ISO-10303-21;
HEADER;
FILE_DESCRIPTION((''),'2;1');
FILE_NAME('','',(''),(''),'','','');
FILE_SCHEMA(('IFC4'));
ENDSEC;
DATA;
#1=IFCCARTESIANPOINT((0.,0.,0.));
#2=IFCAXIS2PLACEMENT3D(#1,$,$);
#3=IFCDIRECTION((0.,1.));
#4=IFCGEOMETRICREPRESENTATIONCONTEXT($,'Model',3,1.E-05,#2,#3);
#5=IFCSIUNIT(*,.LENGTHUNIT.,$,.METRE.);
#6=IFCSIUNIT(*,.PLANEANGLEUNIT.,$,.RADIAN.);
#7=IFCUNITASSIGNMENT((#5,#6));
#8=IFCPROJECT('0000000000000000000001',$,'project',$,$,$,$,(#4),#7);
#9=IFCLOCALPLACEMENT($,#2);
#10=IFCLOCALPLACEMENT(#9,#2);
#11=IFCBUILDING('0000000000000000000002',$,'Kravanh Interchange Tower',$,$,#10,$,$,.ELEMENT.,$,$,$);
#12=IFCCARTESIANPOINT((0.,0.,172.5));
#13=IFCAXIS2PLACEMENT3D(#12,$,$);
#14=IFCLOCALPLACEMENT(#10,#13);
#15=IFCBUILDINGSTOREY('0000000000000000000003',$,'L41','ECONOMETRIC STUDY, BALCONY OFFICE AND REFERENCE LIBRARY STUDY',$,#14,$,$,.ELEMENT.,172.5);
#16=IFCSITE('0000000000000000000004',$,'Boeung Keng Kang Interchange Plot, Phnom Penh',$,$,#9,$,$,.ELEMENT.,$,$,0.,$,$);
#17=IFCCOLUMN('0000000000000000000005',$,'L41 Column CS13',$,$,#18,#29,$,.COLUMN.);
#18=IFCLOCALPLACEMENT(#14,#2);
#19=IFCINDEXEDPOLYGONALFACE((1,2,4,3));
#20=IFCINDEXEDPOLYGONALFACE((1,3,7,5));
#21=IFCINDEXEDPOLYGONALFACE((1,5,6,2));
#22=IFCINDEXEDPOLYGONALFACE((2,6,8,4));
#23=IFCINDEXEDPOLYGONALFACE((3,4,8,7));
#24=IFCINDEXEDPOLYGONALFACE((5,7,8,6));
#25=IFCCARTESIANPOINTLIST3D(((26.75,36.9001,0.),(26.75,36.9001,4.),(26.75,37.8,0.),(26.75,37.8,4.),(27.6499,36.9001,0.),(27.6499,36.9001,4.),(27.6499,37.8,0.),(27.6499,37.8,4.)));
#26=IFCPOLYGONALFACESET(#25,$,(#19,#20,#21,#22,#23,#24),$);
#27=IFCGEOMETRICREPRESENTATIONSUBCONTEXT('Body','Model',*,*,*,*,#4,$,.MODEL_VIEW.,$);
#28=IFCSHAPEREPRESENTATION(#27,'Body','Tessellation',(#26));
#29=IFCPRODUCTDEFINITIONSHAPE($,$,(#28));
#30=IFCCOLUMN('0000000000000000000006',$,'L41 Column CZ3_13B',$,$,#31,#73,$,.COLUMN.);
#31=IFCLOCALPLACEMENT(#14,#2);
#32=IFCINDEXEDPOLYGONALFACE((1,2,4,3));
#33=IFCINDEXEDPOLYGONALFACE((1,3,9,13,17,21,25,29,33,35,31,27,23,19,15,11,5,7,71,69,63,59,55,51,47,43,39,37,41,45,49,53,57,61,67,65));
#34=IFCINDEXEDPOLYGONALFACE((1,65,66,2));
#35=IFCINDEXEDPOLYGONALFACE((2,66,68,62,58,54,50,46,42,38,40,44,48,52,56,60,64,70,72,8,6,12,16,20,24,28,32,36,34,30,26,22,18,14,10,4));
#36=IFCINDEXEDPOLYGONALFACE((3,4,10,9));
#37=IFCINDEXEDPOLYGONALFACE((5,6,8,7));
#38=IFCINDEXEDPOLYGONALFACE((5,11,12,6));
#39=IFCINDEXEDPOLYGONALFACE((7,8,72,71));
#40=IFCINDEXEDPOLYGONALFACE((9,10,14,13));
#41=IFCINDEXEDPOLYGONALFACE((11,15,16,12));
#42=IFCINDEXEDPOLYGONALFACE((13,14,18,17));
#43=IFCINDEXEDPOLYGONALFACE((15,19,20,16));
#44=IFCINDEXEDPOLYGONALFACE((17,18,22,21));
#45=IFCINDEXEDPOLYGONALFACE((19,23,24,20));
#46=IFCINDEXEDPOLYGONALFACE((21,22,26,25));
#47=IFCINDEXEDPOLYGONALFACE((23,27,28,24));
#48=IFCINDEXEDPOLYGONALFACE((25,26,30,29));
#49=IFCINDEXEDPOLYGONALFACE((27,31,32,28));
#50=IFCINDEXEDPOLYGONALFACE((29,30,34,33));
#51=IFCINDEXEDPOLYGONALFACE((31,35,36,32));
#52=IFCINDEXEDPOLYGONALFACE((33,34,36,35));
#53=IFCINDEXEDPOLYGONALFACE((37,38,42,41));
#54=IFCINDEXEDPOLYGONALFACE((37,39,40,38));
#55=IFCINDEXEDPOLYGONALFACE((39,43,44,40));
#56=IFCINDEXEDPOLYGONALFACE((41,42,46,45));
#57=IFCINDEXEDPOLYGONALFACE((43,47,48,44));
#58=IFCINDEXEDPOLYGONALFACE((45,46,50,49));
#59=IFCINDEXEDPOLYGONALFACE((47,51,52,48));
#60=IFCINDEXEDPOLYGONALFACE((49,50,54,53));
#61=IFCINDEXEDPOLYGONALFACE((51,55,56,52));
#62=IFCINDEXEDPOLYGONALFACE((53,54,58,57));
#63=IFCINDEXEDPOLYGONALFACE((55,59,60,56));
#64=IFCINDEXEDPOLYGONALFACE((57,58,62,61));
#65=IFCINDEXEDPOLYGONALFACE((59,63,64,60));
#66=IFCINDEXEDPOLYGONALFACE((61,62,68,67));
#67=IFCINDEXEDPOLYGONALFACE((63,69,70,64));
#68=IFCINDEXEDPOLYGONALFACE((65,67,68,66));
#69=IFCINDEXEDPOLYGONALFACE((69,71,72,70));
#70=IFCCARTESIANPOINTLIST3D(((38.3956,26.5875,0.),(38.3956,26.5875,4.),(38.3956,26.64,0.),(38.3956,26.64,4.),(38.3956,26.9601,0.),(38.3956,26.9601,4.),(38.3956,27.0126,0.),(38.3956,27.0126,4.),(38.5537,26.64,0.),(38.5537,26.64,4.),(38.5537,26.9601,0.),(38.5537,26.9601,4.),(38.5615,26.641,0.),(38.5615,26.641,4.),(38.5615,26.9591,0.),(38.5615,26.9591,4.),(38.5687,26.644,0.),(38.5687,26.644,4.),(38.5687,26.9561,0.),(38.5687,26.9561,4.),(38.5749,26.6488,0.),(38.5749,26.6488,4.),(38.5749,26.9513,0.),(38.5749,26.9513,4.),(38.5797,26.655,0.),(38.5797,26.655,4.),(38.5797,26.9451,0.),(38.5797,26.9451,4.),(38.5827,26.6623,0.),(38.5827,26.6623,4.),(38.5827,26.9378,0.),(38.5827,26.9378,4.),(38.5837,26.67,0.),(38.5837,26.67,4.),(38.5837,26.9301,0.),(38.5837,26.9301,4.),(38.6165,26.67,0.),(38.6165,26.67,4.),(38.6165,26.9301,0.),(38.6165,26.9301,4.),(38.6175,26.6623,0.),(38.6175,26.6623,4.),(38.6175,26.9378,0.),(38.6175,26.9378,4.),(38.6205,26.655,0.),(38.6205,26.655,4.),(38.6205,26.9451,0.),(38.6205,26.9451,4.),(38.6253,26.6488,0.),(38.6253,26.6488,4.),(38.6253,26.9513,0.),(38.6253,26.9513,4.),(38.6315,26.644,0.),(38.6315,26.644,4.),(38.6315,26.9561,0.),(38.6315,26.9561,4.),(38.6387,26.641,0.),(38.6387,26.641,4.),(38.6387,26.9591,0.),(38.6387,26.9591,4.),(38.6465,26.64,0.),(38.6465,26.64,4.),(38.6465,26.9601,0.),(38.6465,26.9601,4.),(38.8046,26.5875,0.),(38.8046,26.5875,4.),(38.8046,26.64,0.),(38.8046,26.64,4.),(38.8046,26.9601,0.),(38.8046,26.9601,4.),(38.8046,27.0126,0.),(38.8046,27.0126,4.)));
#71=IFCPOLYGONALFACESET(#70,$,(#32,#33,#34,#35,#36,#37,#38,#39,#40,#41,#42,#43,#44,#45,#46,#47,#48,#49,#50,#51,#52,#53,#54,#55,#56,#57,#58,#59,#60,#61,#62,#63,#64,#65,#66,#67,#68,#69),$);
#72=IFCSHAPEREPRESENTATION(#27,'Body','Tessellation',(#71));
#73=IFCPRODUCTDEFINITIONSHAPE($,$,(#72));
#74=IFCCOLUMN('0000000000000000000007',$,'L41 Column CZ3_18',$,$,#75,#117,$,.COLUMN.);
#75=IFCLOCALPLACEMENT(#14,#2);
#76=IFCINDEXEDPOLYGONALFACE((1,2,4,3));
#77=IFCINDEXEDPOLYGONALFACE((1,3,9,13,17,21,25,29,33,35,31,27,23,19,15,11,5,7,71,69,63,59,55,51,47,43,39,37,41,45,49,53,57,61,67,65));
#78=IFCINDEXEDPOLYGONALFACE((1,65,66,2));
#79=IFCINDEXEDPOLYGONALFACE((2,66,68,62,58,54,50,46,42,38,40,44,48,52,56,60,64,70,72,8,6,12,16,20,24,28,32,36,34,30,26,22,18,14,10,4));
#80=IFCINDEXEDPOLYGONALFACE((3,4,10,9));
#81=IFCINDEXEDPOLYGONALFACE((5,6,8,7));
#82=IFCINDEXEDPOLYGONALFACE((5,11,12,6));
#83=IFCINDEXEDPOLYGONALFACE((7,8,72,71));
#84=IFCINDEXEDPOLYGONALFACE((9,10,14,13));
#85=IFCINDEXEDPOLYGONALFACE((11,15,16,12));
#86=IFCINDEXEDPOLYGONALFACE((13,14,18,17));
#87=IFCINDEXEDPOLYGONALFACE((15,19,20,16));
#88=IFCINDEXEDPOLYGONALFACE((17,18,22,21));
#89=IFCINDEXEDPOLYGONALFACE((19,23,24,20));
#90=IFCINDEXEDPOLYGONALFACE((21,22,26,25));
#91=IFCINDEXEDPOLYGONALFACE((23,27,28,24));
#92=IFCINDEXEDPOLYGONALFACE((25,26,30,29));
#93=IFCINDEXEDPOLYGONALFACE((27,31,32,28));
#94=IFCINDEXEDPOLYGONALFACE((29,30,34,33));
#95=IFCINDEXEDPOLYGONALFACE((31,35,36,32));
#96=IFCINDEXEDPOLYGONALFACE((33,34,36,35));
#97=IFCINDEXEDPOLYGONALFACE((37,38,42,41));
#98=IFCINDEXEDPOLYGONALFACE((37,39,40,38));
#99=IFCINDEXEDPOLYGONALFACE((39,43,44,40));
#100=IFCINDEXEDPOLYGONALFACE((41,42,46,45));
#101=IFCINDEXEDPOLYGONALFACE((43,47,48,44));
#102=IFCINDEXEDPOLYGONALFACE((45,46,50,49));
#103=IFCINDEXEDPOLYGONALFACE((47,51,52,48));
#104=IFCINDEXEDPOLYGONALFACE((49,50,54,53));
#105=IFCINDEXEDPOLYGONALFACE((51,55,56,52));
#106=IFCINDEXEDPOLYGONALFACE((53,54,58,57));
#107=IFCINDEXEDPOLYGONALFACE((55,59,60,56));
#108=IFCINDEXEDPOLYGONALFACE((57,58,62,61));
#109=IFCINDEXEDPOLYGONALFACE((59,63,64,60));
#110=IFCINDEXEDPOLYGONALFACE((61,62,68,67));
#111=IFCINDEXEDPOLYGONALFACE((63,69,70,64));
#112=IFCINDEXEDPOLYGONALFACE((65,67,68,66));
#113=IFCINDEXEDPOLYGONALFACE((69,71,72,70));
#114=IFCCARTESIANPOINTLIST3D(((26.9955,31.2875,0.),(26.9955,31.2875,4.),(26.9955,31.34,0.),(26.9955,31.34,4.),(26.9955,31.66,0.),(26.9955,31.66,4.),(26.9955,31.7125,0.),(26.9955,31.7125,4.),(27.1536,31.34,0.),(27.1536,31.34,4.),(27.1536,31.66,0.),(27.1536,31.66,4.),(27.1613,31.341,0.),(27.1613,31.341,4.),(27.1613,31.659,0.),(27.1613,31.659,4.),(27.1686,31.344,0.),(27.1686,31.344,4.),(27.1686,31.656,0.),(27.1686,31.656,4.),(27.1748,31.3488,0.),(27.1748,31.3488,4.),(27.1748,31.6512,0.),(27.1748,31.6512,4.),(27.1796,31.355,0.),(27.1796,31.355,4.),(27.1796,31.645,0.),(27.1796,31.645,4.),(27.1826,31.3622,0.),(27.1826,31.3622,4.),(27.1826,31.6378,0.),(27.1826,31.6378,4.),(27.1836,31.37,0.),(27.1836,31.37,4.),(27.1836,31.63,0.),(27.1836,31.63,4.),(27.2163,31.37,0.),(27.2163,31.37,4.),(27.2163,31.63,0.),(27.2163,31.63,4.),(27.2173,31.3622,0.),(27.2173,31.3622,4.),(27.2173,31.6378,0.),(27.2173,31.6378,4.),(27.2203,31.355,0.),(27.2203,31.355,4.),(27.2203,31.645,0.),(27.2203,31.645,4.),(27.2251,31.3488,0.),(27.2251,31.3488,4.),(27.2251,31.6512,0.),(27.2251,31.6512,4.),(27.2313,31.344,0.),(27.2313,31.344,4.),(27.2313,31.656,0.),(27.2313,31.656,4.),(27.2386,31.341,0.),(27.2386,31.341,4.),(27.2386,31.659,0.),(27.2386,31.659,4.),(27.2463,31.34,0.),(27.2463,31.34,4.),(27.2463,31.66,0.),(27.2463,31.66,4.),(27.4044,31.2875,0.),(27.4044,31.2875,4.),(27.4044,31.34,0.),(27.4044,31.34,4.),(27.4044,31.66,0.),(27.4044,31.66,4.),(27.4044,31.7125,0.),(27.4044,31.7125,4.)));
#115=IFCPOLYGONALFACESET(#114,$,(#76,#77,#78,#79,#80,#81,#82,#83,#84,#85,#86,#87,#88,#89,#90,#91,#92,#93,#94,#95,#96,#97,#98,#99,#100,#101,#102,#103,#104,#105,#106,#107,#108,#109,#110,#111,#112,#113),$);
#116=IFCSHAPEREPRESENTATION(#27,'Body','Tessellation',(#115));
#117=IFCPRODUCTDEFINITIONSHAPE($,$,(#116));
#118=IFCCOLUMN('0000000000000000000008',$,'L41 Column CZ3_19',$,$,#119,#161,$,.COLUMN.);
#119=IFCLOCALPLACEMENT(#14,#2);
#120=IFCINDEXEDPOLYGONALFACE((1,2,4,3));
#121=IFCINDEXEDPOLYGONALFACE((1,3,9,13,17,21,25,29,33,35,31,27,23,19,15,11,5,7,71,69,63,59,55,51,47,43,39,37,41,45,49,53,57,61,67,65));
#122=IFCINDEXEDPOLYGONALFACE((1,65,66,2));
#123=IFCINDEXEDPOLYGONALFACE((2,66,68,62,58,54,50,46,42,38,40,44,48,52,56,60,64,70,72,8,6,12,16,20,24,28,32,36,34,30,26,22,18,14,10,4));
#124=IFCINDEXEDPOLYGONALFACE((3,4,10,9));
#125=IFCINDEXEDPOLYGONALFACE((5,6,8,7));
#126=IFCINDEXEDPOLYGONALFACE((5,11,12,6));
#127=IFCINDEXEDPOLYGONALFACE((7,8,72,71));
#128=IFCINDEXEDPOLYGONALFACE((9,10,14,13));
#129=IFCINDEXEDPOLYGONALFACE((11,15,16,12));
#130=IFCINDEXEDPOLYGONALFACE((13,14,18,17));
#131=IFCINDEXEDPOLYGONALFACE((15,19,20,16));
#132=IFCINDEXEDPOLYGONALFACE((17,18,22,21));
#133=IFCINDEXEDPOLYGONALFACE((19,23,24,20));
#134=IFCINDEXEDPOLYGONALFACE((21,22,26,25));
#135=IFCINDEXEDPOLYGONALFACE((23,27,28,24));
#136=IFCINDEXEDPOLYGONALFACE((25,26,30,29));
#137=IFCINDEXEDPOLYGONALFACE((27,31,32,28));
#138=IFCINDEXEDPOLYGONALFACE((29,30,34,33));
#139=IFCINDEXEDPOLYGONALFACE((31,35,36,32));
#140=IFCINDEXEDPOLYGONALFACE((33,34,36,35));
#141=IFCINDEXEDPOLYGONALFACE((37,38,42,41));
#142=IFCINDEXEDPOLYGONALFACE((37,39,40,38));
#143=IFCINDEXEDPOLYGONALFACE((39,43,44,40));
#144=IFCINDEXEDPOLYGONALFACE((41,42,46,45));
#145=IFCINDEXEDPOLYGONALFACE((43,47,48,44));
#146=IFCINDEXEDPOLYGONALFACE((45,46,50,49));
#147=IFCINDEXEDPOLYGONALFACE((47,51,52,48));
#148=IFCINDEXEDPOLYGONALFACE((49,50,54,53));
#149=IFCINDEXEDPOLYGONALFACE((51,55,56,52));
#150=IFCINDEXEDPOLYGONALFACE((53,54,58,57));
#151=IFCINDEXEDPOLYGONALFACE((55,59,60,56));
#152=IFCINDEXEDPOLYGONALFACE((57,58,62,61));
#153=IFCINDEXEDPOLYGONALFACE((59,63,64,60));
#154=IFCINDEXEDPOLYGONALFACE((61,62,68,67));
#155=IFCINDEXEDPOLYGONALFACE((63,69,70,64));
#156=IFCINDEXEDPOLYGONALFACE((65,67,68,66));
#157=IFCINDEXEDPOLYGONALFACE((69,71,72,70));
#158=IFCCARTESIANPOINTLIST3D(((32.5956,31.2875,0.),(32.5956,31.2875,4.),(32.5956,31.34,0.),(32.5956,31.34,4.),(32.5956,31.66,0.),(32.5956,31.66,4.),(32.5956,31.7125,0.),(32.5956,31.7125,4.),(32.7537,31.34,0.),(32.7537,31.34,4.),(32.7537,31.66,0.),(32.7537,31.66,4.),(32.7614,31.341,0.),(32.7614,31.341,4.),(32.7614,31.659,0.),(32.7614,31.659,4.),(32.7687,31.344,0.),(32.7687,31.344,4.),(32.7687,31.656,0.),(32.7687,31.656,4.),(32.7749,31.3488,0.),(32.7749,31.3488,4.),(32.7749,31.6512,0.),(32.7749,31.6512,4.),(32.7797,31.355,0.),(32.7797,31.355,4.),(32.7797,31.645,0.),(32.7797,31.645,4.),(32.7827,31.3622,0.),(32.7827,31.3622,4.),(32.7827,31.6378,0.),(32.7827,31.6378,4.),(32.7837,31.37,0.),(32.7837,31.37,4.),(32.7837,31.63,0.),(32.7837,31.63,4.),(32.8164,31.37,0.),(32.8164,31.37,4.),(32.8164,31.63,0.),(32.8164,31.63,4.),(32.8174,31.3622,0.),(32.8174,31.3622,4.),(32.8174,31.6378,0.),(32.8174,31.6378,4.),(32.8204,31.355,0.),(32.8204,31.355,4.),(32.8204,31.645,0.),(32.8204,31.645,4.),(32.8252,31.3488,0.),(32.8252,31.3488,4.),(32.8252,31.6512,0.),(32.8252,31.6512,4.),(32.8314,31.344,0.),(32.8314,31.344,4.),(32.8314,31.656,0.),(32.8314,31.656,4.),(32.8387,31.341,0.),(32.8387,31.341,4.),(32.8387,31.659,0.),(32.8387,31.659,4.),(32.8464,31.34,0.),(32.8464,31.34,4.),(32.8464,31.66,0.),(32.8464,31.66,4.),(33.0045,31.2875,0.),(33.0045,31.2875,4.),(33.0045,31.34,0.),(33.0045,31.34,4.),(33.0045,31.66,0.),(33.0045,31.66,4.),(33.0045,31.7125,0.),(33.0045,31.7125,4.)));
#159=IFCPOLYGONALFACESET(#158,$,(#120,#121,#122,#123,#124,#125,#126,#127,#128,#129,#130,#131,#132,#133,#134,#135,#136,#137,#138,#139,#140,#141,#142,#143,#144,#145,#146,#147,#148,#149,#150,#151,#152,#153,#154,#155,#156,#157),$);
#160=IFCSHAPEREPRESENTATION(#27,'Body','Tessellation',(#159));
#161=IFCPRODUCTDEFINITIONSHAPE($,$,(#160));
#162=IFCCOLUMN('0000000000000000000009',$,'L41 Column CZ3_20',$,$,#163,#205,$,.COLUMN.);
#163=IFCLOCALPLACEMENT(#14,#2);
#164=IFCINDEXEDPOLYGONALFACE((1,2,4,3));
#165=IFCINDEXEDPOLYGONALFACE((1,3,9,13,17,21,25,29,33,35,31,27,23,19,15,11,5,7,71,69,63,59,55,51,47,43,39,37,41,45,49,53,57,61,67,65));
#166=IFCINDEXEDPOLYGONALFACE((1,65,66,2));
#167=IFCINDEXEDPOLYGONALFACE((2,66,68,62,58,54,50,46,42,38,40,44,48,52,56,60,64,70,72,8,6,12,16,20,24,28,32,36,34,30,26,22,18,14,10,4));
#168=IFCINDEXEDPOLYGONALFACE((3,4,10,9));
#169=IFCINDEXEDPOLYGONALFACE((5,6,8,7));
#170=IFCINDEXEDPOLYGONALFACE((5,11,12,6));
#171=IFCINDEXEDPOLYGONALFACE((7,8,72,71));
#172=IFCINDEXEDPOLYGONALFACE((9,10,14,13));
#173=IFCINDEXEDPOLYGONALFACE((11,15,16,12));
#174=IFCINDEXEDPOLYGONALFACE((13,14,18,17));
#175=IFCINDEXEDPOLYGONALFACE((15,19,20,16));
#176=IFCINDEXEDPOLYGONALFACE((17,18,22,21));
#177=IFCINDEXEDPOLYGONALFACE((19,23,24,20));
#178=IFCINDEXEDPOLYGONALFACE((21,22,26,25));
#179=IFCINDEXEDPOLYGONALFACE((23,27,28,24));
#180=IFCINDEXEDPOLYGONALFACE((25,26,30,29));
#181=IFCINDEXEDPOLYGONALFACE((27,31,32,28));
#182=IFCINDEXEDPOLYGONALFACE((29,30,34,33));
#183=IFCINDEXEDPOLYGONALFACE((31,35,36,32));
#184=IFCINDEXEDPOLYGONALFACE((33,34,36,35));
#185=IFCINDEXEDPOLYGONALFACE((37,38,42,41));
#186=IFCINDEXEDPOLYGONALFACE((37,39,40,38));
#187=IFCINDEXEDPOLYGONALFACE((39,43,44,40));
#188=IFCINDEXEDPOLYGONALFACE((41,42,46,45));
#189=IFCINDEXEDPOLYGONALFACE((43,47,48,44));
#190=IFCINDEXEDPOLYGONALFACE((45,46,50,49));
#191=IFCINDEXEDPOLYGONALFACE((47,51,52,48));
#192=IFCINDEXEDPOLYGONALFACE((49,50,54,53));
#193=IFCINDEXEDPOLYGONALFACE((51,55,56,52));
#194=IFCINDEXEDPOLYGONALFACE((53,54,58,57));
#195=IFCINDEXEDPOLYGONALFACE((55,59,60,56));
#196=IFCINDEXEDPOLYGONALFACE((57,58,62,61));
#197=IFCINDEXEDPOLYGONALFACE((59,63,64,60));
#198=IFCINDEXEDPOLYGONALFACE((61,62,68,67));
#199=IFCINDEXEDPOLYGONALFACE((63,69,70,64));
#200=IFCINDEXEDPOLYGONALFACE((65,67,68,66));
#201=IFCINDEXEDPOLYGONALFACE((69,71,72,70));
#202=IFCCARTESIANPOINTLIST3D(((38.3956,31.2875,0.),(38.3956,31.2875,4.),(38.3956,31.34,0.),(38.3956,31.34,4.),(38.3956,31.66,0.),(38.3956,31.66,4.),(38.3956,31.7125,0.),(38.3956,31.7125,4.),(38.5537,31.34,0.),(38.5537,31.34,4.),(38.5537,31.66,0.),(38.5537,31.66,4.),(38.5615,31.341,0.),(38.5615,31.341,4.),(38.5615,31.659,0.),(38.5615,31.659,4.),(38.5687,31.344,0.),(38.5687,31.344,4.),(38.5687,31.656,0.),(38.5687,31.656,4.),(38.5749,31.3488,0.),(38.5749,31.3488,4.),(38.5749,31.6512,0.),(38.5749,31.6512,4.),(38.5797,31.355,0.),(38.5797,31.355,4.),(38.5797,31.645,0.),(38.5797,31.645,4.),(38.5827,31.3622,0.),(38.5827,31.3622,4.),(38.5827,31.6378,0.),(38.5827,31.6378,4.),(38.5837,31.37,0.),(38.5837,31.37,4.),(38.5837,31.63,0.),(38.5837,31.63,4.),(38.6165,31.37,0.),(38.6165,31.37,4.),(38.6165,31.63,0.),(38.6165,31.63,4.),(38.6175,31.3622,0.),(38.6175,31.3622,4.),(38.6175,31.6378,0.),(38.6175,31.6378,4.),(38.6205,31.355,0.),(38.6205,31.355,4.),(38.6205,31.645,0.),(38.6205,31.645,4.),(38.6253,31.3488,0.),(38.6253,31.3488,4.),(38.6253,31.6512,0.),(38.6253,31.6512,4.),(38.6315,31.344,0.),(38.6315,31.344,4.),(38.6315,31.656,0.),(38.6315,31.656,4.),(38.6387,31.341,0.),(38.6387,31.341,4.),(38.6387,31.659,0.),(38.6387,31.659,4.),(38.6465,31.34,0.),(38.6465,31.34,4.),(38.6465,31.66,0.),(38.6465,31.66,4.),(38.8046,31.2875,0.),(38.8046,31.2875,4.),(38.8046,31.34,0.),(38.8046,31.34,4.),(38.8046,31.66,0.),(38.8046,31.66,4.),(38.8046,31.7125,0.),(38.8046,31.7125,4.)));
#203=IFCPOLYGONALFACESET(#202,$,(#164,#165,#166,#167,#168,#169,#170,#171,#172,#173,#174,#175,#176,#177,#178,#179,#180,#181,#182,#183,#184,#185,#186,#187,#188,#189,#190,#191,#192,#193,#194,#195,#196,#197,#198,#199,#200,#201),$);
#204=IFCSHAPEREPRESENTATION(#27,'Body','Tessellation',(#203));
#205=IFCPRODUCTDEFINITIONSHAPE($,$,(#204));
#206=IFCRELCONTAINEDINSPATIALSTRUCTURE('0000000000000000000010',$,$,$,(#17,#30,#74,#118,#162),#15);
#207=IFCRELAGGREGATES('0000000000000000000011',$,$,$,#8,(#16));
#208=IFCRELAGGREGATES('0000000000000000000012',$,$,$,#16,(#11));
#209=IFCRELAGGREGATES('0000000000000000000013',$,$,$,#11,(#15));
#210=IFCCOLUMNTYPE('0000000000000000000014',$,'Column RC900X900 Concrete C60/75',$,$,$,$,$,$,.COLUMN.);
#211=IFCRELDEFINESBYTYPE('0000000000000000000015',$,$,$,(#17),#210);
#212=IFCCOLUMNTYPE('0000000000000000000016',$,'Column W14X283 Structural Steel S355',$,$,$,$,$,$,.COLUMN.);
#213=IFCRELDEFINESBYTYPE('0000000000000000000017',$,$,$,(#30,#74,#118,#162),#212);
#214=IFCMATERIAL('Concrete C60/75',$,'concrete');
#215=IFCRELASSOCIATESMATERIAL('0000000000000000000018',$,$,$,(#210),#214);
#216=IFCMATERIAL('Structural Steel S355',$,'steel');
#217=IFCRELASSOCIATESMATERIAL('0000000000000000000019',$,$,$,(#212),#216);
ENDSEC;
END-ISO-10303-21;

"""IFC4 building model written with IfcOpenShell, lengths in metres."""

from ifc_helpers import new_model, si_unit, direction, frame, origin, origin_2d, place, context, subcontext, project, spatial, rectangle, i_section, extrude, material, material_profile, profile_set, type_object, element, save


model = new_model("IFC4")

# Units and contexts
model_context = context("Model", 3, precision=1e-05, world=origin(), true_north=direction((0.0, 1.0)))
body_context = subcontext(model_context, "Body", "Model", "MODEL_VIEW")
ifc_project = project(units=[si_unit("LENGTHUNIT", "METRE"), si_unit("PLANEANGLEUNIT", "RADIAN")], contexts=[model_context])

# Site, building, storey
site_placement = place(None, origin())
site = spatial("IfcSite", under=ifc_project, at=site_placement, Name="Boeung Keng Kang Interchange Plot, Phnom Penh", CompositionType="ELEMENT", RefElevation=0.0)
building_placement = place(site_placement, origin())
building = spatial("IfcBuilding", under=site, at=building_placement, Name="Kravanh Interchange Tower", CompositionType="ELEMENT")
storey_placement = place(building_placement, frame((0.0, 0.0, 172.5)))
storey = spatial("IfcBuildingStorey", under=building, at=storey_placement, Name="L41", Description="ECONOMETRIC STUDY, BALCONY OFFICE AND REFERENCE LIBRARY STUDY", CompositionType="ELEMENT", Elevation=172.5)

# Columns
ifc_material_1 = material(Name="Concrete C60/75", Category="concrete")
ifc_material_profile_1 = material_profile(ifc_material_1, rectangle(XDim=0.8999, YDim=0.8999, at=origin_2d()), Name="RC900X900")
ifc_profile_set_1 = profile_set([ifc_material_profile_1], Name="Concrete C60/75")
column_type_1 = type_object("IfcColumnType", Name="Column RC900X900 Concrete C60/75", PredefinedType="COLUMN", material=ifc_profile_set_1)
column_placement = place(storey_placement, frame((27.2, 37.3501, 0.0), z_axis=(0.0, 0.0, 1.0), x_axis=(1.0, 0.0, 0.0)))
element("IfcColumn", 1, at=column_placement, inside=storey, type_object=column_type_1, Name="L41 Column CS13", PredefinedType="COLUMN", context=body_context, shape_type="SweptSolid", body=[
    extrude(rectangle(XDim=0.8999, YDim=0.8999, at=origin_2d()), origin(), (0.0, 0.0, 1.0), 4.0),
])
ifc_material_2 = material(Name="Structural Steel S355", Category="steel")
ifc_material_profile_2 = material_profile(ifc_material_2, i_section(OverallWidth=0.4089, OverallDepth=0.425, WebThickness=0.0327, FlangeThickness=0.0525, FilletRadius=0.03, at=origin_2d()), Name="W14X283")
ifc_profile_set_2 = profile_set([ifc_material_profile_2], Name="Structural Steel S355")
column_type_2 = type_object("IfcColumnType", Name="Column W14X283 Structural Steel S355", PredefinedType="COLUMN", material=ifc_profile_set_2)
for number, where, z_axis, x_axis, name in (
    (2, (38.6001, 26.8, 0.0), (0.0, 0.0, 1.0), (1.0, 0.0, 0.0), "L41 Column CZ3_13B"),
    (3, (27.2, 31.5, 0.0), (0.0, 0.0, 1.0), (1.0, 0.0, 0.0), "L41 Column CZ3_18"),
    (4, (32.8, 31.5, 0.0), (0.0, 0.0, 1.0), (1.0, 0.0, 0.0), "L41 Column CZ3_19"),
    (5, (38.6001, 31.5, 0.0), (0.0, 0.0, 1.0), (1.0, 0.0, 0.0), "L41 Column CZ3_20"),
):
    element("IfcColumn", number, at=place(storey_placement, frame(where, z_axis=z_axis, x_axis=x_axis)), inside=storey, type_object=column_type_2, Name=name, PredefinedType="COLUMN", context=body_context, shape_type="SweptSolid", body=[
        extrude(i_section(OverallWidth=0.4089, OverallDepth=0.425, WebThickness=0.0327, FlangeThickness=0.0525, FilletRadius=0.03, at=origin_2d()), origin(), (0.0, 0.0, 1.0), 4.0),
    ])

save(model, "model.ifc")
